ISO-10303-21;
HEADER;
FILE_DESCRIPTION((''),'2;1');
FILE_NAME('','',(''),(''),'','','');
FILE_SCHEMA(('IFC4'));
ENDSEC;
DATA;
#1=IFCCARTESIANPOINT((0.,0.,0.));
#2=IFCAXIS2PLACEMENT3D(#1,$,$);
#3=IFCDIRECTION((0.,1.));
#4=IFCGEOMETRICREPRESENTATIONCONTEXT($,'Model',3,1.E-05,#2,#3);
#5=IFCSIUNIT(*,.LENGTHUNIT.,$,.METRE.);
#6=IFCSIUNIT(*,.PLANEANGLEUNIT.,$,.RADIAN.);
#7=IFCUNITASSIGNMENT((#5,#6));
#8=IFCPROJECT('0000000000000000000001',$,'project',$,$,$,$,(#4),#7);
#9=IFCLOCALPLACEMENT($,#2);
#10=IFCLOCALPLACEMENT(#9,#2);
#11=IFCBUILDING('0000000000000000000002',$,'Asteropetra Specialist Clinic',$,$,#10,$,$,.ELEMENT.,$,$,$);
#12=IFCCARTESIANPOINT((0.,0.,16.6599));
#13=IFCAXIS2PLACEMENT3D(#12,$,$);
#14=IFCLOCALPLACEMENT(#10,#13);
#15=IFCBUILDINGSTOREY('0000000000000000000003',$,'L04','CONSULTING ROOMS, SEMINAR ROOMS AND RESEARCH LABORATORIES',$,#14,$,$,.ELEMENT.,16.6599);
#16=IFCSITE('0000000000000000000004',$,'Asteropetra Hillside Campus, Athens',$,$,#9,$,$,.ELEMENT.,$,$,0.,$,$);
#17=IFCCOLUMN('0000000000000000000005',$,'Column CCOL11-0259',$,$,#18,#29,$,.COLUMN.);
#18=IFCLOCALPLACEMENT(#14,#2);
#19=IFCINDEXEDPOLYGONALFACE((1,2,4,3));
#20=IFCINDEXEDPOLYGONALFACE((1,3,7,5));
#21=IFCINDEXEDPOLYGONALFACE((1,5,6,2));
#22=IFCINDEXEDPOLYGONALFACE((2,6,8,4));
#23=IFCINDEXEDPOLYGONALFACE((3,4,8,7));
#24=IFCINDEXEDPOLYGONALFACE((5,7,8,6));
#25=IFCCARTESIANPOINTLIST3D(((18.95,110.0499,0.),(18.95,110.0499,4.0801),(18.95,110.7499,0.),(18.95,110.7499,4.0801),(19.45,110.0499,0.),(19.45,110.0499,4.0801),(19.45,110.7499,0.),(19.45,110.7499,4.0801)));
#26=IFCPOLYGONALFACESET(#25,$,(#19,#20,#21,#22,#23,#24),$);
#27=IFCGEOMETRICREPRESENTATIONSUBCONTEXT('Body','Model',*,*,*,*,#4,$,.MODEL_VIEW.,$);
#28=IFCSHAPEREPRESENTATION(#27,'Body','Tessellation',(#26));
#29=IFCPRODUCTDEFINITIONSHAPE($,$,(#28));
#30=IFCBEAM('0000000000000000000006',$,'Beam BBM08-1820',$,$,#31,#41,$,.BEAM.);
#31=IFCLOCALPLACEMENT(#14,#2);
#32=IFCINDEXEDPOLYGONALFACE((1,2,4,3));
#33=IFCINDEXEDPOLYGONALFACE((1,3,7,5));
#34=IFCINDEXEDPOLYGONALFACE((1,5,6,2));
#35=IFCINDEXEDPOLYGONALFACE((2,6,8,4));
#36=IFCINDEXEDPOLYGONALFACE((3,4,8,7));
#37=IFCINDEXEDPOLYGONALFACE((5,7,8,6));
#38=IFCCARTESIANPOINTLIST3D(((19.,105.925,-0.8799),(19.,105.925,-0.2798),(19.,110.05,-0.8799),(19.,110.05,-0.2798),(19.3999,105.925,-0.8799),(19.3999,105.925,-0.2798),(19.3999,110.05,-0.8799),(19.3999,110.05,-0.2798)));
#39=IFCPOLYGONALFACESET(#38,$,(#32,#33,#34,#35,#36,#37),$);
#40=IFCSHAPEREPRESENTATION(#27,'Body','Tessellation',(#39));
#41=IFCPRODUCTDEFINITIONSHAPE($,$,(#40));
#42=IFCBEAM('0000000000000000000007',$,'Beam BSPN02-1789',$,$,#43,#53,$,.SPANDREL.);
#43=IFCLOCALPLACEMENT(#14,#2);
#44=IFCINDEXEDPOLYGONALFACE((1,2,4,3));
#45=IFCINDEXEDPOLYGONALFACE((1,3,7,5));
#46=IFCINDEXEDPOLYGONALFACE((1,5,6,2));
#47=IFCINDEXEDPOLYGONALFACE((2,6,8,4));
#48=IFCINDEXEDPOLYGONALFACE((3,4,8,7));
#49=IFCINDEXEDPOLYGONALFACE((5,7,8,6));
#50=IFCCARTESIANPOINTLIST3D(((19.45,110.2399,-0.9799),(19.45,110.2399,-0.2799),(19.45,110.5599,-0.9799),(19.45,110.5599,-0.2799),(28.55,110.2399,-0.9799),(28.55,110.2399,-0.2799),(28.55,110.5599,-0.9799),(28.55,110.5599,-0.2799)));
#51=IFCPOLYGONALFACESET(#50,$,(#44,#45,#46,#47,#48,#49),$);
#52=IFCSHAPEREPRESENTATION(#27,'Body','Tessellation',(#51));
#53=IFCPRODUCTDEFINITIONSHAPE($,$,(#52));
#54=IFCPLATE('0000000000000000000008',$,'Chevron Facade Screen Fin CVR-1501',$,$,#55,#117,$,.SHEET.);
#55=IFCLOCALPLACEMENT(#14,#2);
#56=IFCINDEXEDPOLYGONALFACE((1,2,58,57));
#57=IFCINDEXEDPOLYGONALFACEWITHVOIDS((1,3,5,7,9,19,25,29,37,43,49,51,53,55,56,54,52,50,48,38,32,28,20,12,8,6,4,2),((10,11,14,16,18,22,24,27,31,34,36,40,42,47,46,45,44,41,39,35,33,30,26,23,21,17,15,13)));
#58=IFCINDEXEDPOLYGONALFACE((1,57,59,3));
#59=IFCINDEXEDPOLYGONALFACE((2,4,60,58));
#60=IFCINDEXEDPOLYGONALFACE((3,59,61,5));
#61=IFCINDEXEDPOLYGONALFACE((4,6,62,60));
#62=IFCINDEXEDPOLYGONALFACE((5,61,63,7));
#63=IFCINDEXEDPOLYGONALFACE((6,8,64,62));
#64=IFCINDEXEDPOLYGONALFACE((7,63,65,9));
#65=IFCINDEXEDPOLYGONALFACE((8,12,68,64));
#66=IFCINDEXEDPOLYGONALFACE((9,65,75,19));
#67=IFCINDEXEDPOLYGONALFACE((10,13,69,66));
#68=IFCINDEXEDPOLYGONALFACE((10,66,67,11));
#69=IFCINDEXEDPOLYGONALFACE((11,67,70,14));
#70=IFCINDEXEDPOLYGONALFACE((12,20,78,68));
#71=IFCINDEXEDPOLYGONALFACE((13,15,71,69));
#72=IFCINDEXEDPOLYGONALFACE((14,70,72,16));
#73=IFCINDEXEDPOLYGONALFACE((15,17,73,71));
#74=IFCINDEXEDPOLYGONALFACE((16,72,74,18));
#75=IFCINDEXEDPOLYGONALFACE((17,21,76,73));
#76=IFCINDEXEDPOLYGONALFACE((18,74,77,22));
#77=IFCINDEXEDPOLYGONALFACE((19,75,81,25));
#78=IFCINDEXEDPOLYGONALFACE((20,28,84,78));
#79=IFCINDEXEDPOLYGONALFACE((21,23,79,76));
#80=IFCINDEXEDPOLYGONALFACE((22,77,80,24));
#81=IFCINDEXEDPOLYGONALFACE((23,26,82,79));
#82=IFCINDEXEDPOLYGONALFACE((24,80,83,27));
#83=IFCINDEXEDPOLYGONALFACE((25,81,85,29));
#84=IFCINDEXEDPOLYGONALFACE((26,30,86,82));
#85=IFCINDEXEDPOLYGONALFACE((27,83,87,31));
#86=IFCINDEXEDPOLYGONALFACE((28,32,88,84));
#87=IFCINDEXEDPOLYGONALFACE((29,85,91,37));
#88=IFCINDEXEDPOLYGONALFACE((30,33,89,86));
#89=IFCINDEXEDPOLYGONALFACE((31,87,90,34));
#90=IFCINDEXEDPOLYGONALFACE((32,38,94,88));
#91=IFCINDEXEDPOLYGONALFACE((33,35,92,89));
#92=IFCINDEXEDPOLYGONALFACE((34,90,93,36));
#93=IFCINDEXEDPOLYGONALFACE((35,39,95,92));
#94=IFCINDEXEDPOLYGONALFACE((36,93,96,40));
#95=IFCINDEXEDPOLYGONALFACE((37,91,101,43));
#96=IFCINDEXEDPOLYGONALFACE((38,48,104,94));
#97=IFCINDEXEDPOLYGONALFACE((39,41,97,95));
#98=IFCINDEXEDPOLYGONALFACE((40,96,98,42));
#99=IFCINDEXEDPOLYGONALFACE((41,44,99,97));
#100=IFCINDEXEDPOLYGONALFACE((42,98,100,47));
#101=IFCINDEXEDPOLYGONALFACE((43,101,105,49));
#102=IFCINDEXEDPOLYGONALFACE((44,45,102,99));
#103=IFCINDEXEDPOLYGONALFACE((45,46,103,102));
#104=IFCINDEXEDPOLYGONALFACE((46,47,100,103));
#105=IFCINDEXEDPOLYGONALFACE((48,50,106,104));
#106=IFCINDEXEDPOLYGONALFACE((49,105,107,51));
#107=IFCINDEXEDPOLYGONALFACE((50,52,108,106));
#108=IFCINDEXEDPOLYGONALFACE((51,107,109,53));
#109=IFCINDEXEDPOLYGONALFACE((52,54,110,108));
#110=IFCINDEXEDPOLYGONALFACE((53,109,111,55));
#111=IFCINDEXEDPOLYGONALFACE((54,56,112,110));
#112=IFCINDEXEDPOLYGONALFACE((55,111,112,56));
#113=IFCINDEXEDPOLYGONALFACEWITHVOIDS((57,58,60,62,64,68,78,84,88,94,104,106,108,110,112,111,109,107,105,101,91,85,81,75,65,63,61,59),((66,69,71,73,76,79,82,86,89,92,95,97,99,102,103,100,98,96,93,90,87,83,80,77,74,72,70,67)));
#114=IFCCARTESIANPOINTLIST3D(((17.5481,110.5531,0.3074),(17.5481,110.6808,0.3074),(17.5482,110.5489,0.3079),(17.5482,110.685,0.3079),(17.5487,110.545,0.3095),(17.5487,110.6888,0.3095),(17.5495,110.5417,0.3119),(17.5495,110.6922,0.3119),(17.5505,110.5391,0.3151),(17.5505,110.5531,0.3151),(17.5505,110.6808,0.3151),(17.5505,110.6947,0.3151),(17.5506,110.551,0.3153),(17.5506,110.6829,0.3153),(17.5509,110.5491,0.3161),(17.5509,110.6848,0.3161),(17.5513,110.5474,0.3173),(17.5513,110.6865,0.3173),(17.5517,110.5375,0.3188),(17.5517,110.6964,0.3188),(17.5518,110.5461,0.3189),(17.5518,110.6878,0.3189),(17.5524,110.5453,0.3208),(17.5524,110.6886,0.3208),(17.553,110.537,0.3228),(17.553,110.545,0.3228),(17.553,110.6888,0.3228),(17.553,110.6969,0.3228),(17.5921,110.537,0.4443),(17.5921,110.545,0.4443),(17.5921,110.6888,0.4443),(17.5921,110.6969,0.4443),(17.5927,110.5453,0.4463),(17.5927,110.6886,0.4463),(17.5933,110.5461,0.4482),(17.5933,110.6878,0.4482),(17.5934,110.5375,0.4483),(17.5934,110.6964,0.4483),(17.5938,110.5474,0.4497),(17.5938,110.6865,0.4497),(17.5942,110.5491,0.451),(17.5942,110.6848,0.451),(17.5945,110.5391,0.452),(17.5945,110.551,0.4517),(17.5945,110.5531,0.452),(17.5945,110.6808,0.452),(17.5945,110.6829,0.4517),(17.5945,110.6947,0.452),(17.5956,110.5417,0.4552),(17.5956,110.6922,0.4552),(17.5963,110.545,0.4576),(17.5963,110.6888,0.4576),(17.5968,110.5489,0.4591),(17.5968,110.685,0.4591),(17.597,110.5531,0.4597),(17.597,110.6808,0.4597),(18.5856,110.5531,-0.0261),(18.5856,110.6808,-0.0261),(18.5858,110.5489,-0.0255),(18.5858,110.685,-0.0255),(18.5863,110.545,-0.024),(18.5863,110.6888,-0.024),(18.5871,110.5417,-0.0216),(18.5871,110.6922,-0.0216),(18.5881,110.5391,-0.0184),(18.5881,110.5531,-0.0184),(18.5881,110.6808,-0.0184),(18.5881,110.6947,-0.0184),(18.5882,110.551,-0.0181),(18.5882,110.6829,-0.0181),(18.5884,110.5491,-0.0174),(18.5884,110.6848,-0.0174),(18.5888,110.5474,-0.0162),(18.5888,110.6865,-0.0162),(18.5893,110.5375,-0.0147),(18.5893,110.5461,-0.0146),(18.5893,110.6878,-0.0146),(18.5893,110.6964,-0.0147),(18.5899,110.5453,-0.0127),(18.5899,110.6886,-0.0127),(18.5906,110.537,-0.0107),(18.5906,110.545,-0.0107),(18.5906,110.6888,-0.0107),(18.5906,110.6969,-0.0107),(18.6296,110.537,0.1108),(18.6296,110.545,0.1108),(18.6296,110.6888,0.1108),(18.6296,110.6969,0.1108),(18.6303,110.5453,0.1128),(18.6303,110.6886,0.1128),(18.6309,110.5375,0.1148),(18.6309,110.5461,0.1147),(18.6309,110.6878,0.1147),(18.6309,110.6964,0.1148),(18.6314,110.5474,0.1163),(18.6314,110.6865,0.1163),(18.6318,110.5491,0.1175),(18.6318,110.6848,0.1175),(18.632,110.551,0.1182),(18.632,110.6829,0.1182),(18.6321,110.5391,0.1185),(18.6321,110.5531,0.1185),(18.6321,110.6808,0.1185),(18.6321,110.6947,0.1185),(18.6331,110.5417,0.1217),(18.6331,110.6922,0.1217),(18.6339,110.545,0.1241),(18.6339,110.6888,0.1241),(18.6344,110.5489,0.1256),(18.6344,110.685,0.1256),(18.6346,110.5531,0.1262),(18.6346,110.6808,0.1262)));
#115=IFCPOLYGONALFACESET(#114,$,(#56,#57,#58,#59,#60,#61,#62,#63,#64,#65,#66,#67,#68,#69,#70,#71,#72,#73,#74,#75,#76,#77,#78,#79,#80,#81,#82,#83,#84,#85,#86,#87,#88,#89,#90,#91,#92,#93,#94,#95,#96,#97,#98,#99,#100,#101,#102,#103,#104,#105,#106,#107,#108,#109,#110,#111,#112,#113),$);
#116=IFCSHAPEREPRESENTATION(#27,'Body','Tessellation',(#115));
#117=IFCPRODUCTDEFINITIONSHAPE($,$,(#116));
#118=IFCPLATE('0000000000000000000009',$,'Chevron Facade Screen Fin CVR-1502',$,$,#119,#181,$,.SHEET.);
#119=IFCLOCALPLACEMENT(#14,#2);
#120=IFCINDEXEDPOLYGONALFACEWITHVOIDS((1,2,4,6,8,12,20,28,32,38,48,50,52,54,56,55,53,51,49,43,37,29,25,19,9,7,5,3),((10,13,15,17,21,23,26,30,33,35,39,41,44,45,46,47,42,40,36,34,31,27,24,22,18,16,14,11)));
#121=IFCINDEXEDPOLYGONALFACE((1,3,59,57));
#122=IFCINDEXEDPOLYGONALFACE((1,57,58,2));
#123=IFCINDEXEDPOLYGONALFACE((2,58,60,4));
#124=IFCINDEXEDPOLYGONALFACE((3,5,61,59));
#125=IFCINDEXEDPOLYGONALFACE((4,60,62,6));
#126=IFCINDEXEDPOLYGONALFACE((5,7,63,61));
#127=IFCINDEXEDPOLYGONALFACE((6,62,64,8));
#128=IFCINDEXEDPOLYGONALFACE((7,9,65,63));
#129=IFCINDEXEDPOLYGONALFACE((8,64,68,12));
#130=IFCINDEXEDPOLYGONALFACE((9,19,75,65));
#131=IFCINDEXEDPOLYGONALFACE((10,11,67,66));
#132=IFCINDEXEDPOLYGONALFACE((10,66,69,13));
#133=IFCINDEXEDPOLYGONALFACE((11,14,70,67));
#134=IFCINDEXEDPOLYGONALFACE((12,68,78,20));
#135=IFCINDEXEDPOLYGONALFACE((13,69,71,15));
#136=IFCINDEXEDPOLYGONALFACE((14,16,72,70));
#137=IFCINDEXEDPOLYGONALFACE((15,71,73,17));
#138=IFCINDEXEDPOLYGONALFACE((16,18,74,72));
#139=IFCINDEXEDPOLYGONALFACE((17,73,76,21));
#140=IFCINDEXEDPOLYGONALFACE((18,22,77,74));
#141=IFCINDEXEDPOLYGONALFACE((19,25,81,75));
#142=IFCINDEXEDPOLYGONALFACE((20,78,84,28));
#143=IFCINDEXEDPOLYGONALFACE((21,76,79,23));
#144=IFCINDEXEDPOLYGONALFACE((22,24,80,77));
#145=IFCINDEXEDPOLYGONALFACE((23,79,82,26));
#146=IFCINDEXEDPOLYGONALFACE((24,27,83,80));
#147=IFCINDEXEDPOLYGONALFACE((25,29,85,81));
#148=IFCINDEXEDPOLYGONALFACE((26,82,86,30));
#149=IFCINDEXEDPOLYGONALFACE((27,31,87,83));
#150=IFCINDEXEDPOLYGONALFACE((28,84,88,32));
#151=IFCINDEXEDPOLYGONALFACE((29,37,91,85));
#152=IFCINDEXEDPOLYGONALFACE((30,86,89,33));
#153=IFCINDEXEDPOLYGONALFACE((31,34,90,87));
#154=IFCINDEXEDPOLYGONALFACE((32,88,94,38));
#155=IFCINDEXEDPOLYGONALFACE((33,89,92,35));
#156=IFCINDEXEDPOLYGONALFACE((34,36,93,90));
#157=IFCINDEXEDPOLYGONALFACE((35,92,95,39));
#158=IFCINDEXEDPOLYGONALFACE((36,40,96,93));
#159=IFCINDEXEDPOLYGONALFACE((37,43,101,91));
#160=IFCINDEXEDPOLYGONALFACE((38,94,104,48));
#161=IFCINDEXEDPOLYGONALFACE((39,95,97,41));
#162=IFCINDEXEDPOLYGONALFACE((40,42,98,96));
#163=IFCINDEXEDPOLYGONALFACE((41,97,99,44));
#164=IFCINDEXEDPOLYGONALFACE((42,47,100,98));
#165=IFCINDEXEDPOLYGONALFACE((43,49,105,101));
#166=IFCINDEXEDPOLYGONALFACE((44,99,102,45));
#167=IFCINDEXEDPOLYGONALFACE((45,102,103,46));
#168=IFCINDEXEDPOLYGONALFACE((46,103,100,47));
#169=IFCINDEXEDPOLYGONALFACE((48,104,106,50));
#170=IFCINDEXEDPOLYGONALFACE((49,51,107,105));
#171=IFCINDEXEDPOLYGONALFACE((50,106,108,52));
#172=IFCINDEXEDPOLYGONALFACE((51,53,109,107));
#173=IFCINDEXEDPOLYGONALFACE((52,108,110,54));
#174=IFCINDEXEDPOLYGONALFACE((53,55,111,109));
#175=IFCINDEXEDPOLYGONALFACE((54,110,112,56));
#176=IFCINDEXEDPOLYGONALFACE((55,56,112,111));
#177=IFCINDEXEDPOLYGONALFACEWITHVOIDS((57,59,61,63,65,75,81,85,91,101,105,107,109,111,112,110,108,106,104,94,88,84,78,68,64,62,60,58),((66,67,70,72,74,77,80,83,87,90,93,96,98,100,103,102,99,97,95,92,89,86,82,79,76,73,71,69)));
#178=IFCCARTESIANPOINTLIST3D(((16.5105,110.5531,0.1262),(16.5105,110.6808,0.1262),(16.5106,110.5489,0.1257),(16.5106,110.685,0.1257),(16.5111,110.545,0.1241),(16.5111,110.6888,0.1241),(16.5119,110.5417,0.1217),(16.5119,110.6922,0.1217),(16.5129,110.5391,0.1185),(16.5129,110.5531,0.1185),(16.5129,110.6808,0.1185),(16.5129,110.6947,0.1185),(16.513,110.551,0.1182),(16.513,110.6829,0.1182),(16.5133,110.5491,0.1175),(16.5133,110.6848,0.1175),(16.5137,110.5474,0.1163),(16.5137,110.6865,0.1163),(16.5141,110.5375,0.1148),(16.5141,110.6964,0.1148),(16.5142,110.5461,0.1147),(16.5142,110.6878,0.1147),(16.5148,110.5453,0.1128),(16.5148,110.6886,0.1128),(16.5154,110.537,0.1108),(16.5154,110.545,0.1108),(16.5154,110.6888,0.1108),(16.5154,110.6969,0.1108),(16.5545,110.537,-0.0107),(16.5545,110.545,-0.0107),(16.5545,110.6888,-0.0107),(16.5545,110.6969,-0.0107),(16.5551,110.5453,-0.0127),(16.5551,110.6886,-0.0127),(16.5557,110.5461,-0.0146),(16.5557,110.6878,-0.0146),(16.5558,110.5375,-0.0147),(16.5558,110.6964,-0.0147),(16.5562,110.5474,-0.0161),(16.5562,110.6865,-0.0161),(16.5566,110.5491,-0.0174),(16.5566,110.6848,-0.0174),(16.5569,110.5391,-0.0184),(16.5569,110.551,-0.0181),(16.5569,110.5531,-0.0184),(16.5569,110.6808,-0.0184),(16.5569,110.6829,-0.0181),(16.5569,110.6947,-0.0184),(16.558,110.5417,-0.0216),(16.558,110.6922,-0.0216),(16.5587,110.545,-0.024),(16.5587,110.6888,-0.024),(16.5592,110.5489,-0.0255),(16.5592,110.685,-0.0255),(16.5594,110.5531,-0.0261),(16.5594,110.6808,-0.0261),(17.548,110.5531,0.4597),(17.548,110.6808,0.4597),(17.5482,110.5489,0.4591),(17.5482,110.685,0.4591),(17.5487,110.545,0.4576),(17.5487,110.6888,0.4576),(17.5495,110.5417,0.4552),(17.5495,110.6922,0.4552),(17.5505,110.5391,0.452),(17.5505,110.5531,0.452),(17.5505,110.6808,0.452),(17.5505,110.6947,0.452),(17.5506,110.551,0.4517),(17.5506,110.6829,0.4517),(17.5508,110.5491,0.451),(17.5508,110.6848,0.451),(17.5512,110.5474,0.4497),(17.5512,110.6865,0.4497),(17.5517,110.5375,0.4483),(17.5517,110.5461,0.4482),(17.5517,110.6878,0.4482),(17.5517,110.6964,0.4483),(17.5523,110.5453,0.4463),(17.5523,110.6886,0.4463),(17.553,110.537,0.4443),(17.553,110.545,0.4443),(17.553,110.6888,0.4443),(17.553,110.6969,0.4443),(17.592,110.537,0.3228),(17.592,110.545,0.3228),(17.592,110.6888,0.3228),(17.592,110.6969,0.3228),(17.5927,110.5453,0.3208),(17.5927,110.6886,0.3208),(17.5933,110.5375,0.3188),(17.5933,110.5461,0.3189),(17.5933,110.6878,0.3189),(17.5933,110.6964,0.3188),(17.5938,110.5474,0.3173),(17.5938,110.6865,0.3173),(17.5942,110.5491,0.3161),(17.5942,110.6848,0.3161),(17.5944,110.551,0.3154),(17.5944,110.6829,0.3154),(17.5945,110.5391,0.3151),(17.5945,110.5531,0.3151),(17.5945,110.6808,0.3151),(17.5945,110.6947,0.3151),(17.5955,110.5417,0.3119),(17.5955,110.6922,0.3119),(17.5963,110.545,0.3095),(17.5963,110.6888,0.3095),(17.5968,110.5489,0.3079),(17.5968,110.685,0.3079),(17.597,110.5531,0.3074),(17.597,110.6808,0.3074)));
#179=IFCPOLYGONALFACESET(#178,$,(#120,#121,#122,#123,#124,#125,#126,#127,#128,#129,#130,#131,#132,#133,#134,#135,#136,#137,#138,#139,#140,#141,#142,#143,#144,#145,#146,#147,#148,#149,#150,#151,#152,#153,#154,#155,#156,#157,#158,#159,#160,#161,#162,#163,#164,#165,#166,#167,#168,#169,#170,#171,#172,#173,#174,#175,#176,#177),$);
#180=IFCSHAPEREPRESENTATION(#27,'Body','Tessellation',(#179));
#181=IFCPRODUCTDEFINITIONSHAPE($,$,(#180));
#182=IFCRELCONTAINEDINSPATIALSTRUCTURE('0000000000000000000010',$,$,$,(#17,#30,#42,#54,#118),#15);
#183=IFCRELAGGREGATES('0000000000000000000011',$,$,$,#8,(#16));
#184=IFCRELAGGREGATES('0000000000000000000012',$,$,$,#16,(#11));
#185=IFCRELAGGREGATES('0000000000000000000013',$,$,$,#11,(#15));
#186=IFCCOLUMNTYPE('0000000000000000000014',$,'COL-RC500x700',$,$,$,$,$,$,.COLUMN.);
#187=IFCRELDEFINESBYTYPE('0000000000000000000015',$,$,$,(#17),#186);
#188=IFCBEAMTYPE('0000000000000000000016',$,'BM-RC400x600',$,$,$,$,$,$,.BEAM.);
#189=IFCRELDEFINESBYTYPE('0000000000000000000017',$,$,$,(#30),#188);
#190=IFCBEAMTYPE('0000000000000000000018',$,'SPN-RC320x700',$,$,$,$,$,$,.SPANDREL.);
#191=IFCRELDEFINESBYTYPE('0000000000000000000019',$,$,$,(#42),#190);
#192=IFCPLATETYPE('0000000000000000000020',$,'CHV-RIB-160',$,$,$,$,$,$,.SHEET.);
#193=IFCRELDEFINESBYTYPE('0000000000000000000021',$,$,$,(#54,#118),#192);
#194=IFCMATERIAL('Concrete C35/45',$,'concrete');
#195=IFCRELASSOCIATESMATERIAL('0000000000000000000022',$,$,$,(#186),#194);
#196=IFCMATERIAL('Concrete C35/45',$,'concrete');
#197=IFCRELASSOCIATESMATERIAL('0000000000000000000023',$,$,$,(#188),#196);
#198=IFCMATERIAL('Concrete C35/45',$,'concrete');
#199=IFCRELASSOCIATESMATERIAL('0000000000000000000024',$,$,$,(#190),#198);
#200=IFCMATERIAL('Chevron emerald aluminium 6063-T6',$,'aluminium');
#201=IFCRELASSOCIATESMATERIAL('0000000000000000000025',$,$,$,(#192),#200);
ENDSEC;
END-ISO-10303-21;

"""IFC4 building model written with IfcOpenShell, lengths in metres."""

from ifc_helpers import new_model, si_unit, direction, frame, origin, origin_2d, place, context, subcontext, project, spatial, rectangle, hollow_rectangle, extrude, material, material_profile, profile_set, type_object, element, save


model = new_model("IFC4")

# Units and contexts
model_context = context("Model", 3, precision=1e-05, world=origin(), true_north=direction((0.0, 1.0)))
body_context = subcontext(model_context, "Body", "Model", "MODEL_VIEW")
ifc_project = project(units=[si_unit("LENGTHUNIT", "METRE"), si_unit("PLANEANGLEUNIT", "RADIAN")], contexts=[model_context])

# Site, building, storey
site_placement = place(None, origin())
site = spatial("IfcSite", under=ifc_project, at=site_placement, Name="Asteropetra Hillside Campus, Athens", CompositionType="ELEMENT", RefElevation=0.0)
building_placement = place(site_placement, origin())
building = spatial("IfcBuilding", under=site, at=building_placement, Name="Asteropetra Specialist Clinic", CompositionType="ELEMENT")
storey_placement = place(building_placement, frame((0.0, 0.0, 16.6599)))
storey = spatial("IfcBuildingStorey", under=building, at=storey_placement, Name="L04", Description="CONSULTING ROOMS, SEMINAR ROOMS AND RESEARCH LABORATORIES", CompositionType="ELEMENT", Elevation=16.6599)

# Column
ifc_material_1 = material(Name="Concrete C35/45", Category="concrete")
ifc_material_profile_1 = material_profile(ifc_material_1, rectangle(XDim=0.5, YDim=0.7, at=origin_2d()), Name="RC 500x700")
ifc_profile_set_1 = profile_set([ifc_material_profile_1], Name="Concrete C35/45")
column_type = type_object("IfcColumnType", Name="COL-RC500x700", PredefinedType="COLUMN", material=ifc_profile_set_1)
column_placement = place(storey_placement, frame((19.2, 110.3999, 0.0), z_axis=(0.0, 0.0, 1.0), x_axis=(1.0, 0.0, 0.0)))
element("IfcColumn", 1, at=column_placement, inside=storey, type_object=column_type, Name="Column CCOL11-0259", PredefinedType="COLUMN", context=body_context, shape_type="SweptSolid", body=[
    extrude(rectangle(XDim=0.5, YDim=0.7, at=origin_2d()), origin(), (0.0, 0.0, 1.0), 4.0801),
])

# Beams
ifc_material_2 = material(Name="Concrete C35/45", Category="concrete")
ifc_material_profile_2 = material_profile(ifc_material_2, rectangle(XDim=0.3999, YDim=0.6001, at=origin_2d()), Name="RCB 400x600")
ifc_profile_set_2 = profile_set([ifc_material_profile_2], Name="Concrete C35/45")
beam_type_1 = type_object("IfcBeamType", Name="BM-RC400x600", PredefinedType="BEAM", material=ifc_profile_set_2)
beam_1_placement = place(storey_placement, frame((19.2, 105.925, -0.5798), z_axis=(0.0, 1.0, 0.0), x_axis=(-1.0, 0.0, 0.0)))
element("IfcBeam", 2, at=beam_1_placement, inside=storey, type_object=beam_type_1, Name="Beam BBM08-1820", PredefinedType="BEAM", context=body_context, shape_type="SweptSolid", body=[
    extrude(rectangle(XDim=0.3999, YDim=0.6001, at=origin_2d()), origin(), (0.0, 0.0, 1.0), 4.125),
])
ifc_material_3 = material(Name="Concrete C35/45", Category="concrete")
ifc_material_profile_3 = material_profile(ifc_material_3, rectangle(XDim=0.3201, YDim=0.7, at=origin_2d()), Name="RCS 320x700")
ifc_profile_set_3 = profile_set([ifc_material_profile_3], Name="Concrete C35/45")
beam_type_2 = type_object("IfcBeamType", Name="SPN-RC320x700", PredefinedType="SPANDREL", material=ifc_profile_set_3)
beam_2_placement = place(storey_placement, frame((19.45, 110.3999, -0.6299), z_axis=(1.0, 0.0, 0.0), x_axis=(0.0, 1.0, 0.0)))
element("IfcBeam", 3, at=beam_2_placement, inside=storey, type_object=beam_type_2, Name="Beam BSPN02-1789", PredefinedType="SPANDREL", context=body_context, shape_type="SweptSolid", body=[
    extrude(rectangle(XDim=0.3201, YDim=0.7, at=origin_2d()), origin(), (0.0, 0.0, 1.0), 9.1001),
])

# Plates
ifc_material_4 = material(Name="Chevron emerald aluminium 6063-T6", Category="aluminium")
ifc_material_profile_4 = material_profile(ifc_material_4, hollow_rectangle(XDim=0.1599, YDim=0.1599, WallThickness=0.0081, InnerFilletRadius=0.0081, OuterFilletRadius=0.0161, at=origin_2d()), Name="SHS 160x160x8.0")
ifc_profile_set_4 = profile_set([ifc_material_profile_4], Name="Chevron emerald aluminium 6063-T6")
plate_type_1 = type_object("IfcPlateType", Name="CHV-RIB-160", PredefinedType="SHEET", material=ifc_profile_set_4)
for number, where, z_axis, x_axis, name in (
    (4, (18.6101, 110.6169, 0.05), (-0.952033, 0.0, 0.305995), (0.0, -1.0, 0.0), "Chevron Facade Screen Fin CVR-1501"),
    (5, (17.5725, 110.6169, 0.3835), (-0.952033, 0.0, -0.305995), (0.0, -1.0, 0.0), "Chevron Facade Screen Fin CVR-1502"),
):
    element("IfcPlate", number, at=place(storey_placement, frame(where, z_axis=z_axis, x_axis=x_axis)), inside=storey, type_object=plate_type_1, Name=name, PredefinedType="SHEET", context=body_context, shape_type="SweptSolid", body=[
        extrude(hollow_rectangle(XDim=0.1599, YDim=0.1599, WallThickness=0.0081, InnerFilletRadius=0.0081, OuterFilletRadius=0.0161, at=origin_2d()), origin(), (0.0, 0.0, 1.0), 1.0898),
    ])

save(model, "model.ifc")
